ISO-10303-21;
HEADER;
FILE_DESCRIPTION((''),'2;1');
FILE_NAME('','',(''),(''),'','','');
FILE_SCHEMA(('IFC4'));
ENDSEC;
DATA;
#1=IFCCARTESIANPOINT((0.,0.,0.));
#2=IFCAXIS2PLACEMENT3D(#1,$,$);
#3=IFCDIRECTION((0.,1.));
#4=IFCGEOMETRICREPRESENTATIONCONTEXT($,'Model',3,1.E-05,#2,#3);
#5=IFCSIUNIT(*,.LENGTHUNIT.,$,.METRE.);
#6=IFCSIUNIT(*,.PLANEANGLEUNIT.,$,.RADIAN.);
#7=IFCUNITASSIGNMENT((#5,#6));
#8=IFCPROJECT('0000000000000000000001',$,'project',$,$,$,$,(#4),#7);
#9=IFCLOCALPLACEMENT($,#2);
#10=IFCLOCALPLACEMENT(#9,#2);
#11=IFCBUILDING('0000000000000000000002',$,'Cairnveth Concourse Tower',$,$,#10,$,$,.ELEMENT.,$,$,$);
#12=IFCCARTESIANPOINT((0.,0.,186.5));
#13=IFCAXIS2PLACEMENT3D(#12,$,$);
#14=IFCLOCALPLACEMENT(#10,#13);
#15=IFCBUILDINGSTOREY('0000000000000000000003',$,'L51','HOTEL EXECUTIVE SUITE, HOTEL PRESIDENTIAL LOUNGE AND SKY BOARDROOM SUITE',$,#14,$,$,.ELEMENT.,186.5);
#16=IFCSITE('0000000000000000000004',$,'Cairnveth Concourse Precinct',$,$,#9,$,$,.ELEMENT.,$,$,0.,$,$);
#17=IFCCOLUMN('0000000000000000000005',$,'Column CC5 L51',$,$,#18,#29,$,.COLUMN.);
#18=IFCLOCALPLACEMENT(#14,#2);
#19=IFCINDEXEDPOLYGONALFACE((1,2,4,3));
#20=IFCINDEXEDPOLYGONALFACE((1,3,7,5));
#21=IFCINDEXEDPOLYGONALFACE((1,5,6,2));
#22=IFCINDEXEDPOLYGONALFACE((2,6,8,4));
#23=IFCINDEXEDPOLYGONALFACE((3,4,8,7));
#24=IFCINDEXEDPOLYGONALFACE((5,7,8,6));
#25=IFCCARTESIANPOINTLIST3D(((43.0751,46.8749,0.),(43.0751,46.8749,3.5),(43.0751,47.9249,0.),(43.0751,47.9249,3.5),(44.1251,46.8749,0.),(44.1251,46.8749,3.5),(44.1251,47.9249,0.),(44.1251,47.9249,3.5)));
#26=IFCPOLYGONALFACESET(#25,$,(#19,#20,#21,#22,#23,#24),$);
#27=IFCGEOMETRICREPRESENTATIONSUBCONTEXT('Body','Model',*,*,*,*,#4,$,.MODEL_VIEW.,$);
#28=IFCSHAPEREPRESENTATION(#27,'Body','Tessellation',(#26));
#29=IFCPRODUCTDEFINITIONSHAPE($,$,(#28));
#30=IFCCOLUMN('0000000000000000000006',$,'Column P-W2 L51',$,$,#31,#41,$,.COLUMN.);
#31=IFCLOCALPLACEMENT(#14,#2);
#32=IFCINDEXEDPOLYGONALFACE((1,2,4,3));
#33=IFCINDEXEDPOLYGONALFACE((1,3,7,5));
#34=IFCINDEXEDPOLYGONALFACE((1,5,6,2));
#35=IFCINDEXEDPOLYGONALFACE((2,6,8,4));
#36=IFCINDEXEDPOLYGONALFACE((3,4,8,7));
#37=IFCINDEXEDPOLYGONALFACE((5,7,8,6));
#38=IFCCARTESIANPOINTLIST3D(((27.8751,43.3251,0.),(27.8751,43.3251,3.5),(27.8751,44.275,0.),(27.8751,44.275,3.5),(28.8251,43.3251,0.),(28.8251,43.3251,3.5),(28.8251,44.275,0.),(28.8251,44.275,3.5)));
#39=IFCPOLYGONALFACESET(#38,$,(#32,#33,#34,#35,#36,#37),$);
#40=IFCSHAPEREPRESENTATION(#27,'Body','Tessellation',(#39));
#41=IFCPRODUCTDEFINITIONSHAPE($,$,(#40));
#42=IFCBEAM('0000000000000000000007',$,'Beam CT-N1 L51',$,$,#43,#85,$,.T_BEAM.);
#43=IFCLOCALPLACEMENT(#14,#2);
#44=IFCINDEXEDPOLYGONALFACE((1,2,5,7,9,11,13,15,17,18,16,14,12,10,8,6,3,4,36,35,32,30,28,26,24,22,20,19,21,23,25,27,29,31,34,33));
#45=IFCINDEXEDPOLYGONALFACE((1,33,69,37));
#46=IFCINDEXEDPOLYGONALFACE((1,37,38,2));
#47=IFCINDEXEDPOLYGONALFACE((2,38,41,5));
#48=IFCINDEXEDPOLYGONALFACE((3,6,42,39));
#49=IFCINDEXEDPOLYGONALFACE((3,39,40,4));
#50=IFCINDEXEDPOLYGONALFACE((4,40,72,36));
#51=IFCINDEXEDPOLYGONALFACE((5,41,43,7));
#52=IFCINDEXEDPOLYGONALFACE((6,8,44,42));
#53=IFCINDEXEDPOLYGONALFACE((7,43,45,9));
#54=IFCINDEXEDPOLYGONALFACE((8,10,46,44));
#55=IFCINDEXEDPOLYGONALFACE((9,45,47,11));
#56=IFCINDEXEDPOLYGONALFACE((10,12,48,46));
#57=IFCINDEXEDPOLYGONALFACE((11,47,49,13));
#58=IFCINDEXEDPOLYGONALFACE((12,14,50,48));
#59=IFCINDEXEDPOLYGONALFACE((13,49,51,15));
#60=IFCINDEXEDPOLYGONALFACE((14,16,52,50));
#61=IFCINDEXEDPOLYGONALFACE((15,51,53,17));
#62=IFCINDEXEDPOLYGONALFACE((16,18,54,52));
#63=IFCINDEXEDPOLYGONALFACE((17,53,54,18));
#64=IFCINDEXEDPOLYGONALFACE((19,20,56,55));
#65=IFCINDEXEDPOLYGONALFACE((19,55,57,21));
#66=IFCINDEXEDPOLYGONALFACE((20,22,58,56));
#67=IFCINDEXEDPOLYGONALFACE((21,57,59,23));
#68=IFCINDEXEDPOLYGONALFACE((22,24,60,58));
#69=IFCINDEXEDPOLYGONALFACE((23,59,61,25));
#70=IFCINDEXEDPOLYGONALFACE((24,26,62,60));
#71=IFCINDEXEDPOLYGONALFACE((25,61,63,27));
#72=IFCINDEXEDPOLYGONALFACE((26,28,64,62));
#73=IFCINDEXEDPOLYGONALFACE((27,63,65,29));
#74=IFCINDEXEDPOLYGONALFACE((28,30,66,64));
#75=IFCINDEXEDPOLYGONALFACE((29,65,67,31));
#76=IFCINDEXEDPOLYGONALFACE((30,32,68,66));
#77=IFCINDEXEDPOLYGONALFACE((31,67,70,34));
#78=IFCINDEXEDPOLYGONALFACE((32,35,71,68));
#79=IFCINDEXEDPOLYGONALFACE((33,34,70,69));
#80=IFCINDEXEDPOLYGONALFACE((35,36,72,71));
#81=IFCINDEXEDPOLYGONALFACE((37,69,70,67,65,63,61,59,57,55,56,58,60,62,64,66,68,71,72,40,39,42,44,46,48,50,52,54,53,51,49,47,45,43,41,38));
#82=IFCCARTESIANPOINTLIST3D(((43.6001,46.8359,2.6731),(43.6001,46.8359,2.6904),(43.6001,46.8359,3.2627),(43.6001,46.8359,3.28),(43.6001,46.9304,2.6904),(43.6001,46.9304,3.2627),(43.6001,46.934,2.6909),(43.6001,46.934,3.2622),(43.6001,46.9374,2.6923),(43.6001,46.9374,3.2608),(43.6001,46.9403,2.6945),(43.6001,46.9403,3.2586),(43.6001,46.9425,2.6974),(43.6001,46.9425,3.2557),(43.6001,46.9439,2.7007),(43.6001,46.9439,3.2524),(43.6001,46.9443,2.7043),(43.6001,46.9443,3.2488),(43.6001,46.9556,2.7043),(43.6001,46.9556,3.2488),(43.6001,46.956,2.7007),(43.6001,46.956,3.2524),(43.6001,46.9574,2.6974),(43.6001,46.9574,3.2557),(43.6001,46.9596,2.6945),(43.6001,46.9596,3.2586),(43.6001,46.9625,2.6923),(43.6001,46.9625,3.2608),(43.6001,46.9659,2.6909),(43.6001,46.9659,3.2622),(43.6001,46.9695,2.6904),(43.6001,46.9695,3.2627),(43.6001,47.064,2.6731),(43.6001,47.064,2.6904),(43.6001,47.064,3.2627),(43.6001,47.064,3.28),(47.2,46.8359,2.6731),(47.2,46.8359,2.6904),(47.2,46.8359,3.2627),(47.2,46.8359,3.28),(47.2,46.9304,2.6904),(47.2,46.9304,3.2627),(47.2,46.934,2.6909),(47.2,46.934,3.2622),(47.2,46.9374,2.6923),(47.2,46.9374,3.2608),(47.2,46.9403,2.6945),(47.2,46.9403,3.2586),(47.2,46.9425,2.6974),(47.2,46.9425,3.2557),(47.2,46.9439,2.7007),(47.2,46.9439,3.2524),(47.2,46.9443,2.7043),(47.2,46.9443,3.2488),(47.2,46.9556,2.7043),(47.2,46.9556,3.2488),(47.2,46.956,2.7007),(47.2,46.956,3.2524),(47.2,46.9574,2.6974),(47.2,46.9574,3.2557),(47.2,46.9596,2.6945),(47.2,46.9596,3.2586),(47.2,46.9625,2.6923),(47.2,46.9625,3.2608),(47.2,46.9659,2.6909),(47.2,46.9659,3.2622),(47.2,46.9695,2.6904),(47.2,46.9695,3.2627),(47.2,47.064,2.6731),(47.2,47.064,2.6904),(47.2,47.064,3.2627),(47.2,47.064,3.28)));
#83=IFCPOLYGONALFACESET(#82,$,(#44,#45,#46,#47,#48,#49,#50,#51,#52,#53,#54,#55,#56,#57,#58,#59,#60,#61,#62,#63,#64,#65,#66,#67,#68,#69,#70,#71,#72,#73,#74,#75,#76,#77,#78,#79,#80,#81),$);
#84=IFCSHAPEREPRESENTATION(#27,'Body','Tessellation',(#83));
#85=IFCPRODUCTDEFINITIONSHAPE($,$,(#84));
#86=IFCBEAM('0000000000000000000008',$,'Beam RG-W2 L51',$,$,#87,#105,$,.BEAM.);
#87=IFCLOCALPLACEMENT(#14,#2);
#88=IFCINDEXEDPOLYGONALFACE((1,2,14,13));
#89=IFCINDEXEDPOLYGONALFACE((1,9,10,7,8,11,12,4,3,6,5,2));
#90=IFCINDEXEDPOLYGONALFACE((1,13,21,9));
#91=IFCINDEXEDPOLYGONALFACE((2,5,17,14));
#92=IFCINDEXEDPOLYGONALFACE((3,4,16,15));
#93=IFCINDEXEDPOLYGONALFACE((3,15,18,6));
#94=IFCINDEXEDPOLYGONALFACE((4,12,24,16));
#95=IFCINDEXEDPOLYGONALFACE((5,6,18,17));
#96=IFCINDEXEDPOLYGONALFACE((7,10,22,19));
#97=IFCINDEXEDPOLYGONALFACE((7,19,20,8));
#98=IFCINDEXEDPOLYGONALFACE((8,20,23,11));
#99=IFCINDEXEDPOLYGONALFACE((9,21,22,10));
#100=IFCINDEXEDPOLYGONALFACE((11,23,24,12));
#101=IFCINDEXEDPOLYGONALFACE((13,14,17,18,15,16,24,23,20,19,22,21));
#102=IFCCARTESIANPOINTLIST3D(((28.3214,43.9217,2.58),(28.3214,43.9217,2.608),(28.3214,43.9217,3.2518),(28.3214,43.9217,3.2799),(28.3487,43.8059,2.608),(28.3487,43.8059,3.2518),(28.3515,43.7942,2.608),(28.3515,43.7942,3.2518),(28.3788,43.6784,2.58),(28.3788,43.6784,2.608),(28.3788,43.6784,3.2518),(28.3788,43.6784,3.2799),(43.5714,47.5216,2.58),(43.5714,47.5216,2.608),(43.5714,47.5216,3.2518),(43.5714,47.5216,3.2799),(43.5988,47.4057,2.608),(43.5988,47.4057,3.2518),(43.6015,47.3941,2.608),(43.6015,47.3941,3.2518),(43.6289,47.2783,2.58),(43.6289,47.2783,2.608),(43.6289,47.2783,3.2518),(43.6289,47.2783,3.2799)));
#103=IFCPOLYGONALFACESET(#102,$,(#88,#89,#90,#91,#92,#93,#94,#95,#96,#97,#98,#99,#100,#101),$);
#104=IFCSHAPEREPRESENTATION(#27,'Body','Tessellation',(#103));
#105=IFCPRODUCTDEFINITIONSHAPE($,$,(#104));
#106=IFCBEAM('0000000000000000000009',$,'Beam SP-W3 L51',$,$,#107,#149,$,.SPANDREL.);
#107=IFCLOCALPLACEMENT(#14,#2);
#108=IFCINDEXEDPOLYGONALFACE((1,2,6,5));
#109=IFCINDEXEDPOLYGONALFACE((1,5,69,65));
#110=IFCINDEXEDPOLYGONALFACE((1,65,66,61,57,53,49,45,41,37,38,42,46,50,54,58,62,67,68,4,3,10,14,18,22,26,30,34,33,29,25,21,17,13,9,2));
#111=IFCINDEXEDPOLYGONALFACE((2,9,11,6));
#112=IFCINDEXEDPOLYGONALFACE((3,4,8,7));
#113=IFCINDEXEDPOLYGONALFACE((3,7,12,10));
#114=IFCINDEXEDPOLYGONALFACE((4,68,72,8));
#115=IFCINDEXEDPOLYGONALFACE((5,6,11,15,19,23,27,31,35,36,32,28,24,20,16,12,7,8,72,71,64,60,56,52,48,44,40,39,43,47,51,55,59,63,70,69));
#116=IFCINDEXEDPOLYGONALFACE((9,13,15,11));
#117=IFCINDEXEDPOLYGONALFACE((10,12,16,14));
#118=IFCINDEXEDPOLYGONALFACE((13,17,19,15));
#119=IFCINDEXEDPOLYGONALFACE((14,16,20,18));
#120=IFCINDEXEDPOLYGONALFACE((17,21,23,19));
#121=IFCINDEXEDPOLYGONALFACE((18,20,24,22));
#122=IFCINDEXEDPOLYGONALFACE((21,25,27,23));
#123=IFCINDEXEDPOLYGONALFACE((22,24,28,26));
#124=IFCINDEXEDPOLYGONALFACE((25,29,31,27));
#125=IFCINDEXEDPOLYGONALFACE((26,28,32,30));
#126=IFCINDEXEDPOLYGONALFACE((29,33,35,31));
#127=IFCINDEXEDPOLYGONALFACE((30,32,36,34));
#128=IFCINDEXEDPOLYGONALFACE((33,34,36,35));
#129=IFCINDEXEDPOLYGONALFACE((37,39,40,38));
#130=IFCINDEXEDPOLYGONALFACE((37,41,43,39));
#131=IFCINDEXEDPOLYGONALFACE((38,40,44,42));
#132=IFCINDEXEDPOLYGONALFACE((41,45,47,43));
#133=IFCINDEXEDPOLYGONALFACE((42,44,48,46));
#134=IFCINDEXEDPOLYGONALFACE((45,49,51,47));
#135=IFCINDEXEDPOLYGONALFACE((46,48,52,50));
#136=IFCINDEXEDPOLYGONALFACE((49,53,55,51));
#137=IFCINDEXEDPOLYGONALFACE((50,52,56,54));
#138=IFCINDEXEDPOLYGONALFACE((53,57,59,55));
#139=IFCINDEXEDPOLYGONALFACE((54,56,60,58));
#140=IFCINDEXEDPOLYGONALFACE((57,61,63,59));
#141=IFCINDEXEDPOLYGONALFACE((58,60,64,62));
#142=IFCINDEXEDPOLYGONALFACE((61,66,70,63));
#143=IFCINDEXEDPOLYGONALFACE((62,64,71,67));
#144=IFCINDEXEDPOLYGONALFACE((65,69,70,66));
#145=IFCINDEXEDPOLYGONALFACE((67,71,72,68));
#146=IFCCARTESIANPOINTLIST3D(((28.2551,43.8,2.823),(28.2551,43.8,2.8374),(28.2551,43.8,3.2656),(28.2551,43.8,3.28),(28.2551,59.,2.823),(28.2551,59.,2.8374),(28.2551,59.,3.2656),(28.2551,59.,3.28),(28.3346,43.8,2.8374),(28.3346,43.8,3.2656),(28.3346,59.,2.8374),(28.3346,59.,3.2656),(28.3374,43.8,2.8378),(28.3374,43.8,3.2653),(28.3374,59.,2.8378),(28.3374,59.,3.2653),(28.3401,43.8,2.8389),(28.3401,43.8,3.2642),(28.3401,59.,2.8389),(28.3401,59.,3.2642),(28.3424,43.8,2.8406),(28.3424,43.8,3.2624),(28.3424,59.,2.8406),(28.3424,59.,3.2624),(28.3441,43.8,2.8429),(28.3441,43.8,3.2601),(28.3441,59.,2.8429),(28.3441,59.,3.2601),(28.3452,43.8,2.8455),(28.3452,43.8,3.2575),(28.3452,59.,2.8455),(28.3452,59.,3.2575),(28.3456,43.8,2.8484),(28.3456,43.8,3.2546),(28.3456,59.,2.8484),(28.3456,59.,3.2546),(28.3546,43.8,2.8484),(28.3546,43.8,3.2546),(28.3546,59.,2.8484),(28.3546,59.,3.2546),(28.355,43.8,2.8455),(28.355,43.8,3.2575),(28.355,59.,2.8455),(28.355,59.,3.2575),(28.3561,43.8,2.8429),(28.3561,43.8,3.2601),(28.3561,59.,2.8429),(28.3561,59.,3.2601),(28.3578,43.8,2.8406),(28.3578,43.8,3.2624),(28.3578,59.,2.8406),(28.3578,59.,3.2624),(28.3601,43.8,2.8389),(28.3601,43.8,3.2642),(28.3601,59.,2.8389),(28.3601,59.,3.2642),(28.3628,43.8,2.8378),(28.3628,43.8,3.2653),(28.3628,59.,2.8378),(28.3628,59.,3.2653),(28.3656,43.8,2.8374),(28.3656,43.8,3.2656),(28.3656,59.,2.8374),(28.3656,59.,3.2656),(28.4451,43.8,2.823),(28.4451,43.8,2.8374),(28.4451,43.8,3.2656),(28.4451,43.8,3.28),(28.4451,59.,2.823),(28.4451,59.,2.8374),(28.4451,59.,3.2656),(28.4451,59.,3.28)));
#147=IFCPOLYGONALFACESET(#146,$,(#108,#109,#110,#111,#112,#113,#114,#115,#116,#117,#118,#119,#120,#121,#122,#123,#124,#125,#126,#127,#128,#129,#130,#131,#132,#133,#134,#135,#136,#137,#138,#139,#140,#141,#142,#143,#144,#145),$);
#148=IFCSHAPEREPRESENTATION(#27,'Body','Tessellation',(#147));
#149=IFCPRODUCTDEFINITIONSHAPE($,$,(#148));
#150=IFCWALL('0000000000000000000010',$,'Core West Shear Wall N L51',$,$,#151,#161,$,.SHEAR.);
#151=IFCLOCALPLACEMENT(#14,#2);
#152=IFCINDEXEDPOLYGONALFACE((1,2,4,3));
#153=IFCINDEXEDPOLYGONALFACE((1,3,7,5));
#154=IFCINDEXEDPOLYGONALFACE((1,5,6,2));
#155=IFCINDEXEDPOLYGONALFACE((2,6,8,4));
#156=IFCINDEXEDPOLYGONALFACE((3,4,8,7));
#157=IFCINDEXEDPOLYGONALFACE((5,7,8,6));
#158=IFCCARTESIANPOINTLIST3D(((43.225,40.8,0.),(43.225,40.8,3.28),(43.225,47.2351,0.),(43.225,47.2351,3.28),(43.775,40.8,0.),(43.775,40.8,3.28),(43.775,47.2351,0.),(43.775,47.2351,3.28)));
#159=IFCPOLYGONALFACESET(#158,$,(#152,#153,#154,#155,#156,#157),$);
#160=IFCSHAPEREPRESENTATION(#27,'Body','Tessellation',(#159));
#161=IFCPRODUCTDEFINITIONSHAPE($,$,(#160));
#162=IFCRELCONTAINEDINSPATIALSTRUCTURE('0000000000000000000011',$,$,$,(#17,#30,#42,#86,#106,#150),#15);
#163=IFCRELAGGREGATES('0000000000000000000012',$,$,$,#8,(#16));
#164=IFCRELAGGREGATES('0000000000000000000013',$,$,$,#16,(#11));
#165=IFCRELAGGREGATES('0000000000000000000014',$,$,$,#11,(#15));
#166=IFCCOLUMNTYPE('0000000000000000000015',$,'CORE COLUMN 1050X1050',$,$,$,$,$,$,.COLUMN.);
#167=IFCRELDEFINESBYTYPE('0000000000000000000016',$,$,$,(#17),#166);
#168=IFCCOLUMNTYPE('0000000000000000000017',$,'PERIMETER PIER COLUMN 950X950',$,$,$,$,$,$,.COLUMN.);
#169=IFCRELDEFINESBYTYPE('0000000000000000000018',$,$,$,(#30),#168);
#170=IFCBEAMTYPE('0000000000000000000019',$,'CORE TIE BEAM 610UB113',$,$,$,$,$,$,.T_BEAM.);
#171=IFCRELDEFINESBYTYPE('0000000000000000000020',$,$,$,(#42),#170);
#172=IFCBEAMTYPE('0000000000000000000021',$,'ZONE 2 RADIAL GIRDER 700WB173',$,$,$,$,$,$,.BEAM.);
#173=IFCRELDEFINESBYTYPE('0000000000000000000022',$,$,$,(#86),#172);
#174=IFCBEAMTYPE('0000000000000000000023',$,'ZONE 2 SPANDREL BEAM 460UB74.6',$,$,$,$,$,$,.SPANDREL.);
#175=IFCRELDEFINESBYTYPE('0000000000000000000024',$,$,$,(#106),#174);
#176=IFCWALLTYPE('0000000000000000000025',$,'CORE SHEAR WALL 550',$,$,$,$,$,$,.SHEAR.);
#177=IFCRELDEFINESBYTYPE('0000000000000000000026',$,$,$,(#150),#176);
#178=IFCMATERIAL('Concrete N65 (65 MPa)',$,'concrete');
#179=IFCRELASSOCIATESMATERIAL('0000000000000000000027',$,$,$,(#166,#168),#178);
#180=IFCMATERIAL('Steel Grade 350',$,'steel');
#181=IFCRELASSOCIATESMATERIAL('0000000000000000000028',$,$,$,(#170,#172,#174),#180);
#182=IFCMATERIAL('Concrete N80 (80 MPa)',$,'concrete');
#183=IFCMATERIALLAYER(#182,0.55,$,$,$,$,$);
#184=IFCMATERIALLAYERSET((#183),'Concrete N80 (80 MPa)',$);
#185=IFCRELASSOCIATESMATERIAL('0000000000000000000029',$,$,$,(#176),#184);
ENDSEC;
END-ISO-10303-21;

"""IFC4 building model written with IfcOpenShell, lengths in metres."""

from ifc_helpers import new_model, si_unit, direction, frame, frame_2d, origin, origin_2d, place, context, subcontext, project, spatial, rectangle, i_section, extrude, material, layer, layer_set, material_profile, profile_set, type_object, element, save


model = new_model("IFC4")

# Units and contexts
model_context = context("Model", 3, precision=1e-05, world=origin(), true_north=direction((0.0, 1.0)))
body_context = subcontext(model_context, "Body", "Model", "MODEL_VIEW")
ifc_project = project(units=[si_unit("LENGTHUNIT", "METRE"), si_unit("PLANEANGLEUNIT", "RADIAN")], contexts=[model_context])

# Site, building, storey
site_placement = place(None, origin())
site = spatial("IfcSite", under=ifc_project, at=site_placement, Name="Cairnveth Concourse Precinct", CompositionType="ELEMENT", RefElevation=0.0)
building_placement = place(site_placement, origin())
building = spatial("IfcBuilding", under=site, at=building_placement, Name="Cairnveth Concourse Tower", CompositionType="ELEMENT")
storey_placement = place(building_placement, frame((0.0, 0.0, 186.5)))
storey = spatial("IfcBuildingStorey", under=building, at=storey_placement, Name="L51", Description="HOTEL EXECUTIVE SUITE, HOTEL PRESIDENTIAL LOUNGE AND SKY BOARDROOM SUITE", CompositionType="ELEMENT", Elevation=186.5)

# Columns
ifc_material_1 = material(Name="Concrete N65 (65 MPa)", Category="concrete")
ifc_material_profile_1 = material_profile(ifc_material_1, rectangle(XDim=1.05, YDim=1.05, at=origin_2d()), Name="RC-COL-1050x1050")
ifc_profile_set_1 = profile_set([ifc_material_profile_1], Name="Concrete N65 (65 MPa)")
column_type_1 = type_object("IfcColumnType", Name="CORE COLUMN 1050X1050", PredefinedType="COLUMN", material=ifc_profile_set_1)
column_1_placement = place(storey_placement, frame((43.6001, 47.3999, 0.0), z_axis=(0.0, 0.0, 1.0), x_axis=(1.0, 0.0, 0.0)))
element("IfcColumn", 1, at=column_1_placement, inside=storey, type_object=column_type_1, Name="Column CC5 L51", PredefinedType="COLUMN", context=body_context, shape_type="SweptSolid", body=[
    extrude(rectangle(XDim=1.05, YDim=1.05, at=origin_2d()), origin(), (0.0, 0.0, 1.0), 3.5),
])
ifc_material_profile_2 = material_profile(ifc_material_1, rectangle(XDim=0.95, YDim=0.95, at=origin_2d()), Name="RC-COL-950x950")
ifc_profile_set_2 = profile_set([ifc_material_profile_2], Name="Concrete N65 (65 MPa)")
column_type_2 = type_object("IfcColumnType", Name="PERIMETER PIER COLUMN 950X950", PredefinedType="COLUMN", material=ifc_profile_set_2)
column_2_placement = place(storey_placement, frame((28.3501, 43.8, 0.0), z_axis=(0.0, 0.0, 1.0), x_axis=(0.0, 1.0, 0.0)))
element("IfcColumn", 2, at=column_2_placement, inside=storey, type_object=column_type_2, Name="Column P-W2 L51", PredefinedType="COLUMN", context=body_context, shape_type="SweptSolid", body=[
    extrude(rectangle(XDim=0.95, YDim=0.95, at=origin_2d()), origin(), (0.0, 0.0, 1.0), 3.5),
])

# Beams
ifc_material_2 = material(Name="Steel Grade 350", Category="steel")
ifc_material_profile_3 = material_profile(ifc_material_2, i_section(OverallWidth=0.228, OverallDepth=0.6069, WebThickness=0.0112, FlangeThickness=0.0173, FilletRadius=0.0139, at=origin_2d()), Name="610UB113")
ifc_profile_set_3 = profile_set([ifc_material_profile_3], Name="Steel Grade 350")
beam_type_1 = type_object("IfcBeamType", Name="CORE TIE BEAM 610UB113", PredefinedType="T_BEAM", material=ifc_profile_set_3)
beam_1_placement = place(storey_placement, frame((43.6001, 46.95, 2.9766), z_axis=(1.0, 0.0, 0.0), x_axis=(0.0, 1.0, 0.0)))
element("IfcBeam", 3, at=beam_1_placement, inside=storey, type_object=beam_type_1, Name="Beam CT-N1 L51", PredefinedType="T_BEAM", context=body_context, shape_type="SweptSolid", body=[
    extrude(i_section(OverallWidth=0.228, OverallDepth=0.6069, WebThickness=0.0112, FlangeThickness=0.0173, FilletRadius=0.0139, at=origin_2d()), origin(), (0.0, 0.0, 1.0), 3.5999),
])
ifc_material_profile_4 = material_profile(ifc_material_2, i_section(OverallWidth=0.25, OverallDepth=0.7, WebThickness=0.012, FlangeThickness=0.0281, at=origin_2d()), Name="700WB173")
ifc_profile_set_4 = profile_set([ifc_material_profile_4], Name="Steel Grade 350")
beam_type_2 = type_object("IfcBeamType", Name="ZONE 2 RADIAL GIRDER 700WB173", PredefinedType="BEAM", material=ifc_profile_set_4)
beam_2_placement = place(storey_placement, frame((28.3501, 43.8, 2.9299), z_axis=(0.973252, 0.229742, 0.0), x_axis=(-0.229742, 0.973252, 0.0)))
element("IfcBeam", 4, at=beam_2_placement, inside=storey, type_object=beam_type_2, Name="Beam RG-W2 L51", PredefinedType="BEAM", context=body_context, shape_type="SweptSolid", body=[
    extrude(i_section(OverallWidth=0.25, OverallDepth=0.7, WebThickness=0.012, FlangeThickness=0.0281, at=origin_2d()), origin(), (0.0, 0.0, 1.0), 15.6692),
])
ifc_material_profile_5 = material_profile(ifc_material_2, i_section(OverallWidth=0.1899, OverallDepth=0.457, WebThickness=0.009, FlangeThickness=0.0144, FilletRadius=0.011, at=origin_2d()), Name="460UB74.6")
ifc_profile_set_5 = profile_set([ifc_material_profile_5], Name="Steel Grade 350")
beam_type_3 = type_object("IfcBeamType", Name="ZONE 2 SPANDREL BEAM 460UB74.6", PredefinedType="SPANDREL", material=ifc_profile_set_5)
beam_3_placement = place(storey_placement, frame((28.3501, 43.8, 3.0515), z_axis=(0.0, 1.0, 0.0), x_axis=(-1.0, 0.0, 0.0)))
element("IfcBeam", 5, at=beam_3_placement, inside=storey, type_object=beam_type_3, Name="Beam SP-W3 L51", PredefinedType="SPANDREL", context=body_context, shape_type="SweptSolid", body=[
    extrude(i_section(OverallWidth=0.1899, OverallDepth=0.457, WebThickness=0.009, FlangeThickness=0.0144, FilletRadius=0.011, at=origin_2d()), origin(), (0.0, 0.0, 1.0), 15.2),
])

# Wall
ifc_material_3 = material(Name="Concrete N80 (80 MPa)", Category="concrete")
ifc_layer_1 = layer(ifc_material_3, 0.55)
ifc_layer_set_1 = layer_set([ifc_layer_1], Name="Concrete N80 (80 MPa)")
wall_type_1 = type_object("IfcWallType", Name="CORE SHEAR WALL 550", PredefinedType="SHEAR", material=ifc_layer_set_1)
wall_1_placement = place(storey_placement, frame((43.5, 40.8, 0.0), z_axis=(0.0, 0.0, 1.0), x_axis=(0.0, 1.0, 0.0)))
element("IfcWall", 6, at=wall_1_placement, inside=storey, type_object=wall_type_1, Name="Core West Shear Wall N L51", PredefinedType="SHEAR", context=body_context, shape_type="SweptSolid", body=[
    extrude(rectangle(XDim=6.4351, YDim=0.55, at=frame_2d((3.2175, 0.0))), origin(), (0.0, 0.0, 1.0), 3.28),
])

save(model, "model.ifc")
